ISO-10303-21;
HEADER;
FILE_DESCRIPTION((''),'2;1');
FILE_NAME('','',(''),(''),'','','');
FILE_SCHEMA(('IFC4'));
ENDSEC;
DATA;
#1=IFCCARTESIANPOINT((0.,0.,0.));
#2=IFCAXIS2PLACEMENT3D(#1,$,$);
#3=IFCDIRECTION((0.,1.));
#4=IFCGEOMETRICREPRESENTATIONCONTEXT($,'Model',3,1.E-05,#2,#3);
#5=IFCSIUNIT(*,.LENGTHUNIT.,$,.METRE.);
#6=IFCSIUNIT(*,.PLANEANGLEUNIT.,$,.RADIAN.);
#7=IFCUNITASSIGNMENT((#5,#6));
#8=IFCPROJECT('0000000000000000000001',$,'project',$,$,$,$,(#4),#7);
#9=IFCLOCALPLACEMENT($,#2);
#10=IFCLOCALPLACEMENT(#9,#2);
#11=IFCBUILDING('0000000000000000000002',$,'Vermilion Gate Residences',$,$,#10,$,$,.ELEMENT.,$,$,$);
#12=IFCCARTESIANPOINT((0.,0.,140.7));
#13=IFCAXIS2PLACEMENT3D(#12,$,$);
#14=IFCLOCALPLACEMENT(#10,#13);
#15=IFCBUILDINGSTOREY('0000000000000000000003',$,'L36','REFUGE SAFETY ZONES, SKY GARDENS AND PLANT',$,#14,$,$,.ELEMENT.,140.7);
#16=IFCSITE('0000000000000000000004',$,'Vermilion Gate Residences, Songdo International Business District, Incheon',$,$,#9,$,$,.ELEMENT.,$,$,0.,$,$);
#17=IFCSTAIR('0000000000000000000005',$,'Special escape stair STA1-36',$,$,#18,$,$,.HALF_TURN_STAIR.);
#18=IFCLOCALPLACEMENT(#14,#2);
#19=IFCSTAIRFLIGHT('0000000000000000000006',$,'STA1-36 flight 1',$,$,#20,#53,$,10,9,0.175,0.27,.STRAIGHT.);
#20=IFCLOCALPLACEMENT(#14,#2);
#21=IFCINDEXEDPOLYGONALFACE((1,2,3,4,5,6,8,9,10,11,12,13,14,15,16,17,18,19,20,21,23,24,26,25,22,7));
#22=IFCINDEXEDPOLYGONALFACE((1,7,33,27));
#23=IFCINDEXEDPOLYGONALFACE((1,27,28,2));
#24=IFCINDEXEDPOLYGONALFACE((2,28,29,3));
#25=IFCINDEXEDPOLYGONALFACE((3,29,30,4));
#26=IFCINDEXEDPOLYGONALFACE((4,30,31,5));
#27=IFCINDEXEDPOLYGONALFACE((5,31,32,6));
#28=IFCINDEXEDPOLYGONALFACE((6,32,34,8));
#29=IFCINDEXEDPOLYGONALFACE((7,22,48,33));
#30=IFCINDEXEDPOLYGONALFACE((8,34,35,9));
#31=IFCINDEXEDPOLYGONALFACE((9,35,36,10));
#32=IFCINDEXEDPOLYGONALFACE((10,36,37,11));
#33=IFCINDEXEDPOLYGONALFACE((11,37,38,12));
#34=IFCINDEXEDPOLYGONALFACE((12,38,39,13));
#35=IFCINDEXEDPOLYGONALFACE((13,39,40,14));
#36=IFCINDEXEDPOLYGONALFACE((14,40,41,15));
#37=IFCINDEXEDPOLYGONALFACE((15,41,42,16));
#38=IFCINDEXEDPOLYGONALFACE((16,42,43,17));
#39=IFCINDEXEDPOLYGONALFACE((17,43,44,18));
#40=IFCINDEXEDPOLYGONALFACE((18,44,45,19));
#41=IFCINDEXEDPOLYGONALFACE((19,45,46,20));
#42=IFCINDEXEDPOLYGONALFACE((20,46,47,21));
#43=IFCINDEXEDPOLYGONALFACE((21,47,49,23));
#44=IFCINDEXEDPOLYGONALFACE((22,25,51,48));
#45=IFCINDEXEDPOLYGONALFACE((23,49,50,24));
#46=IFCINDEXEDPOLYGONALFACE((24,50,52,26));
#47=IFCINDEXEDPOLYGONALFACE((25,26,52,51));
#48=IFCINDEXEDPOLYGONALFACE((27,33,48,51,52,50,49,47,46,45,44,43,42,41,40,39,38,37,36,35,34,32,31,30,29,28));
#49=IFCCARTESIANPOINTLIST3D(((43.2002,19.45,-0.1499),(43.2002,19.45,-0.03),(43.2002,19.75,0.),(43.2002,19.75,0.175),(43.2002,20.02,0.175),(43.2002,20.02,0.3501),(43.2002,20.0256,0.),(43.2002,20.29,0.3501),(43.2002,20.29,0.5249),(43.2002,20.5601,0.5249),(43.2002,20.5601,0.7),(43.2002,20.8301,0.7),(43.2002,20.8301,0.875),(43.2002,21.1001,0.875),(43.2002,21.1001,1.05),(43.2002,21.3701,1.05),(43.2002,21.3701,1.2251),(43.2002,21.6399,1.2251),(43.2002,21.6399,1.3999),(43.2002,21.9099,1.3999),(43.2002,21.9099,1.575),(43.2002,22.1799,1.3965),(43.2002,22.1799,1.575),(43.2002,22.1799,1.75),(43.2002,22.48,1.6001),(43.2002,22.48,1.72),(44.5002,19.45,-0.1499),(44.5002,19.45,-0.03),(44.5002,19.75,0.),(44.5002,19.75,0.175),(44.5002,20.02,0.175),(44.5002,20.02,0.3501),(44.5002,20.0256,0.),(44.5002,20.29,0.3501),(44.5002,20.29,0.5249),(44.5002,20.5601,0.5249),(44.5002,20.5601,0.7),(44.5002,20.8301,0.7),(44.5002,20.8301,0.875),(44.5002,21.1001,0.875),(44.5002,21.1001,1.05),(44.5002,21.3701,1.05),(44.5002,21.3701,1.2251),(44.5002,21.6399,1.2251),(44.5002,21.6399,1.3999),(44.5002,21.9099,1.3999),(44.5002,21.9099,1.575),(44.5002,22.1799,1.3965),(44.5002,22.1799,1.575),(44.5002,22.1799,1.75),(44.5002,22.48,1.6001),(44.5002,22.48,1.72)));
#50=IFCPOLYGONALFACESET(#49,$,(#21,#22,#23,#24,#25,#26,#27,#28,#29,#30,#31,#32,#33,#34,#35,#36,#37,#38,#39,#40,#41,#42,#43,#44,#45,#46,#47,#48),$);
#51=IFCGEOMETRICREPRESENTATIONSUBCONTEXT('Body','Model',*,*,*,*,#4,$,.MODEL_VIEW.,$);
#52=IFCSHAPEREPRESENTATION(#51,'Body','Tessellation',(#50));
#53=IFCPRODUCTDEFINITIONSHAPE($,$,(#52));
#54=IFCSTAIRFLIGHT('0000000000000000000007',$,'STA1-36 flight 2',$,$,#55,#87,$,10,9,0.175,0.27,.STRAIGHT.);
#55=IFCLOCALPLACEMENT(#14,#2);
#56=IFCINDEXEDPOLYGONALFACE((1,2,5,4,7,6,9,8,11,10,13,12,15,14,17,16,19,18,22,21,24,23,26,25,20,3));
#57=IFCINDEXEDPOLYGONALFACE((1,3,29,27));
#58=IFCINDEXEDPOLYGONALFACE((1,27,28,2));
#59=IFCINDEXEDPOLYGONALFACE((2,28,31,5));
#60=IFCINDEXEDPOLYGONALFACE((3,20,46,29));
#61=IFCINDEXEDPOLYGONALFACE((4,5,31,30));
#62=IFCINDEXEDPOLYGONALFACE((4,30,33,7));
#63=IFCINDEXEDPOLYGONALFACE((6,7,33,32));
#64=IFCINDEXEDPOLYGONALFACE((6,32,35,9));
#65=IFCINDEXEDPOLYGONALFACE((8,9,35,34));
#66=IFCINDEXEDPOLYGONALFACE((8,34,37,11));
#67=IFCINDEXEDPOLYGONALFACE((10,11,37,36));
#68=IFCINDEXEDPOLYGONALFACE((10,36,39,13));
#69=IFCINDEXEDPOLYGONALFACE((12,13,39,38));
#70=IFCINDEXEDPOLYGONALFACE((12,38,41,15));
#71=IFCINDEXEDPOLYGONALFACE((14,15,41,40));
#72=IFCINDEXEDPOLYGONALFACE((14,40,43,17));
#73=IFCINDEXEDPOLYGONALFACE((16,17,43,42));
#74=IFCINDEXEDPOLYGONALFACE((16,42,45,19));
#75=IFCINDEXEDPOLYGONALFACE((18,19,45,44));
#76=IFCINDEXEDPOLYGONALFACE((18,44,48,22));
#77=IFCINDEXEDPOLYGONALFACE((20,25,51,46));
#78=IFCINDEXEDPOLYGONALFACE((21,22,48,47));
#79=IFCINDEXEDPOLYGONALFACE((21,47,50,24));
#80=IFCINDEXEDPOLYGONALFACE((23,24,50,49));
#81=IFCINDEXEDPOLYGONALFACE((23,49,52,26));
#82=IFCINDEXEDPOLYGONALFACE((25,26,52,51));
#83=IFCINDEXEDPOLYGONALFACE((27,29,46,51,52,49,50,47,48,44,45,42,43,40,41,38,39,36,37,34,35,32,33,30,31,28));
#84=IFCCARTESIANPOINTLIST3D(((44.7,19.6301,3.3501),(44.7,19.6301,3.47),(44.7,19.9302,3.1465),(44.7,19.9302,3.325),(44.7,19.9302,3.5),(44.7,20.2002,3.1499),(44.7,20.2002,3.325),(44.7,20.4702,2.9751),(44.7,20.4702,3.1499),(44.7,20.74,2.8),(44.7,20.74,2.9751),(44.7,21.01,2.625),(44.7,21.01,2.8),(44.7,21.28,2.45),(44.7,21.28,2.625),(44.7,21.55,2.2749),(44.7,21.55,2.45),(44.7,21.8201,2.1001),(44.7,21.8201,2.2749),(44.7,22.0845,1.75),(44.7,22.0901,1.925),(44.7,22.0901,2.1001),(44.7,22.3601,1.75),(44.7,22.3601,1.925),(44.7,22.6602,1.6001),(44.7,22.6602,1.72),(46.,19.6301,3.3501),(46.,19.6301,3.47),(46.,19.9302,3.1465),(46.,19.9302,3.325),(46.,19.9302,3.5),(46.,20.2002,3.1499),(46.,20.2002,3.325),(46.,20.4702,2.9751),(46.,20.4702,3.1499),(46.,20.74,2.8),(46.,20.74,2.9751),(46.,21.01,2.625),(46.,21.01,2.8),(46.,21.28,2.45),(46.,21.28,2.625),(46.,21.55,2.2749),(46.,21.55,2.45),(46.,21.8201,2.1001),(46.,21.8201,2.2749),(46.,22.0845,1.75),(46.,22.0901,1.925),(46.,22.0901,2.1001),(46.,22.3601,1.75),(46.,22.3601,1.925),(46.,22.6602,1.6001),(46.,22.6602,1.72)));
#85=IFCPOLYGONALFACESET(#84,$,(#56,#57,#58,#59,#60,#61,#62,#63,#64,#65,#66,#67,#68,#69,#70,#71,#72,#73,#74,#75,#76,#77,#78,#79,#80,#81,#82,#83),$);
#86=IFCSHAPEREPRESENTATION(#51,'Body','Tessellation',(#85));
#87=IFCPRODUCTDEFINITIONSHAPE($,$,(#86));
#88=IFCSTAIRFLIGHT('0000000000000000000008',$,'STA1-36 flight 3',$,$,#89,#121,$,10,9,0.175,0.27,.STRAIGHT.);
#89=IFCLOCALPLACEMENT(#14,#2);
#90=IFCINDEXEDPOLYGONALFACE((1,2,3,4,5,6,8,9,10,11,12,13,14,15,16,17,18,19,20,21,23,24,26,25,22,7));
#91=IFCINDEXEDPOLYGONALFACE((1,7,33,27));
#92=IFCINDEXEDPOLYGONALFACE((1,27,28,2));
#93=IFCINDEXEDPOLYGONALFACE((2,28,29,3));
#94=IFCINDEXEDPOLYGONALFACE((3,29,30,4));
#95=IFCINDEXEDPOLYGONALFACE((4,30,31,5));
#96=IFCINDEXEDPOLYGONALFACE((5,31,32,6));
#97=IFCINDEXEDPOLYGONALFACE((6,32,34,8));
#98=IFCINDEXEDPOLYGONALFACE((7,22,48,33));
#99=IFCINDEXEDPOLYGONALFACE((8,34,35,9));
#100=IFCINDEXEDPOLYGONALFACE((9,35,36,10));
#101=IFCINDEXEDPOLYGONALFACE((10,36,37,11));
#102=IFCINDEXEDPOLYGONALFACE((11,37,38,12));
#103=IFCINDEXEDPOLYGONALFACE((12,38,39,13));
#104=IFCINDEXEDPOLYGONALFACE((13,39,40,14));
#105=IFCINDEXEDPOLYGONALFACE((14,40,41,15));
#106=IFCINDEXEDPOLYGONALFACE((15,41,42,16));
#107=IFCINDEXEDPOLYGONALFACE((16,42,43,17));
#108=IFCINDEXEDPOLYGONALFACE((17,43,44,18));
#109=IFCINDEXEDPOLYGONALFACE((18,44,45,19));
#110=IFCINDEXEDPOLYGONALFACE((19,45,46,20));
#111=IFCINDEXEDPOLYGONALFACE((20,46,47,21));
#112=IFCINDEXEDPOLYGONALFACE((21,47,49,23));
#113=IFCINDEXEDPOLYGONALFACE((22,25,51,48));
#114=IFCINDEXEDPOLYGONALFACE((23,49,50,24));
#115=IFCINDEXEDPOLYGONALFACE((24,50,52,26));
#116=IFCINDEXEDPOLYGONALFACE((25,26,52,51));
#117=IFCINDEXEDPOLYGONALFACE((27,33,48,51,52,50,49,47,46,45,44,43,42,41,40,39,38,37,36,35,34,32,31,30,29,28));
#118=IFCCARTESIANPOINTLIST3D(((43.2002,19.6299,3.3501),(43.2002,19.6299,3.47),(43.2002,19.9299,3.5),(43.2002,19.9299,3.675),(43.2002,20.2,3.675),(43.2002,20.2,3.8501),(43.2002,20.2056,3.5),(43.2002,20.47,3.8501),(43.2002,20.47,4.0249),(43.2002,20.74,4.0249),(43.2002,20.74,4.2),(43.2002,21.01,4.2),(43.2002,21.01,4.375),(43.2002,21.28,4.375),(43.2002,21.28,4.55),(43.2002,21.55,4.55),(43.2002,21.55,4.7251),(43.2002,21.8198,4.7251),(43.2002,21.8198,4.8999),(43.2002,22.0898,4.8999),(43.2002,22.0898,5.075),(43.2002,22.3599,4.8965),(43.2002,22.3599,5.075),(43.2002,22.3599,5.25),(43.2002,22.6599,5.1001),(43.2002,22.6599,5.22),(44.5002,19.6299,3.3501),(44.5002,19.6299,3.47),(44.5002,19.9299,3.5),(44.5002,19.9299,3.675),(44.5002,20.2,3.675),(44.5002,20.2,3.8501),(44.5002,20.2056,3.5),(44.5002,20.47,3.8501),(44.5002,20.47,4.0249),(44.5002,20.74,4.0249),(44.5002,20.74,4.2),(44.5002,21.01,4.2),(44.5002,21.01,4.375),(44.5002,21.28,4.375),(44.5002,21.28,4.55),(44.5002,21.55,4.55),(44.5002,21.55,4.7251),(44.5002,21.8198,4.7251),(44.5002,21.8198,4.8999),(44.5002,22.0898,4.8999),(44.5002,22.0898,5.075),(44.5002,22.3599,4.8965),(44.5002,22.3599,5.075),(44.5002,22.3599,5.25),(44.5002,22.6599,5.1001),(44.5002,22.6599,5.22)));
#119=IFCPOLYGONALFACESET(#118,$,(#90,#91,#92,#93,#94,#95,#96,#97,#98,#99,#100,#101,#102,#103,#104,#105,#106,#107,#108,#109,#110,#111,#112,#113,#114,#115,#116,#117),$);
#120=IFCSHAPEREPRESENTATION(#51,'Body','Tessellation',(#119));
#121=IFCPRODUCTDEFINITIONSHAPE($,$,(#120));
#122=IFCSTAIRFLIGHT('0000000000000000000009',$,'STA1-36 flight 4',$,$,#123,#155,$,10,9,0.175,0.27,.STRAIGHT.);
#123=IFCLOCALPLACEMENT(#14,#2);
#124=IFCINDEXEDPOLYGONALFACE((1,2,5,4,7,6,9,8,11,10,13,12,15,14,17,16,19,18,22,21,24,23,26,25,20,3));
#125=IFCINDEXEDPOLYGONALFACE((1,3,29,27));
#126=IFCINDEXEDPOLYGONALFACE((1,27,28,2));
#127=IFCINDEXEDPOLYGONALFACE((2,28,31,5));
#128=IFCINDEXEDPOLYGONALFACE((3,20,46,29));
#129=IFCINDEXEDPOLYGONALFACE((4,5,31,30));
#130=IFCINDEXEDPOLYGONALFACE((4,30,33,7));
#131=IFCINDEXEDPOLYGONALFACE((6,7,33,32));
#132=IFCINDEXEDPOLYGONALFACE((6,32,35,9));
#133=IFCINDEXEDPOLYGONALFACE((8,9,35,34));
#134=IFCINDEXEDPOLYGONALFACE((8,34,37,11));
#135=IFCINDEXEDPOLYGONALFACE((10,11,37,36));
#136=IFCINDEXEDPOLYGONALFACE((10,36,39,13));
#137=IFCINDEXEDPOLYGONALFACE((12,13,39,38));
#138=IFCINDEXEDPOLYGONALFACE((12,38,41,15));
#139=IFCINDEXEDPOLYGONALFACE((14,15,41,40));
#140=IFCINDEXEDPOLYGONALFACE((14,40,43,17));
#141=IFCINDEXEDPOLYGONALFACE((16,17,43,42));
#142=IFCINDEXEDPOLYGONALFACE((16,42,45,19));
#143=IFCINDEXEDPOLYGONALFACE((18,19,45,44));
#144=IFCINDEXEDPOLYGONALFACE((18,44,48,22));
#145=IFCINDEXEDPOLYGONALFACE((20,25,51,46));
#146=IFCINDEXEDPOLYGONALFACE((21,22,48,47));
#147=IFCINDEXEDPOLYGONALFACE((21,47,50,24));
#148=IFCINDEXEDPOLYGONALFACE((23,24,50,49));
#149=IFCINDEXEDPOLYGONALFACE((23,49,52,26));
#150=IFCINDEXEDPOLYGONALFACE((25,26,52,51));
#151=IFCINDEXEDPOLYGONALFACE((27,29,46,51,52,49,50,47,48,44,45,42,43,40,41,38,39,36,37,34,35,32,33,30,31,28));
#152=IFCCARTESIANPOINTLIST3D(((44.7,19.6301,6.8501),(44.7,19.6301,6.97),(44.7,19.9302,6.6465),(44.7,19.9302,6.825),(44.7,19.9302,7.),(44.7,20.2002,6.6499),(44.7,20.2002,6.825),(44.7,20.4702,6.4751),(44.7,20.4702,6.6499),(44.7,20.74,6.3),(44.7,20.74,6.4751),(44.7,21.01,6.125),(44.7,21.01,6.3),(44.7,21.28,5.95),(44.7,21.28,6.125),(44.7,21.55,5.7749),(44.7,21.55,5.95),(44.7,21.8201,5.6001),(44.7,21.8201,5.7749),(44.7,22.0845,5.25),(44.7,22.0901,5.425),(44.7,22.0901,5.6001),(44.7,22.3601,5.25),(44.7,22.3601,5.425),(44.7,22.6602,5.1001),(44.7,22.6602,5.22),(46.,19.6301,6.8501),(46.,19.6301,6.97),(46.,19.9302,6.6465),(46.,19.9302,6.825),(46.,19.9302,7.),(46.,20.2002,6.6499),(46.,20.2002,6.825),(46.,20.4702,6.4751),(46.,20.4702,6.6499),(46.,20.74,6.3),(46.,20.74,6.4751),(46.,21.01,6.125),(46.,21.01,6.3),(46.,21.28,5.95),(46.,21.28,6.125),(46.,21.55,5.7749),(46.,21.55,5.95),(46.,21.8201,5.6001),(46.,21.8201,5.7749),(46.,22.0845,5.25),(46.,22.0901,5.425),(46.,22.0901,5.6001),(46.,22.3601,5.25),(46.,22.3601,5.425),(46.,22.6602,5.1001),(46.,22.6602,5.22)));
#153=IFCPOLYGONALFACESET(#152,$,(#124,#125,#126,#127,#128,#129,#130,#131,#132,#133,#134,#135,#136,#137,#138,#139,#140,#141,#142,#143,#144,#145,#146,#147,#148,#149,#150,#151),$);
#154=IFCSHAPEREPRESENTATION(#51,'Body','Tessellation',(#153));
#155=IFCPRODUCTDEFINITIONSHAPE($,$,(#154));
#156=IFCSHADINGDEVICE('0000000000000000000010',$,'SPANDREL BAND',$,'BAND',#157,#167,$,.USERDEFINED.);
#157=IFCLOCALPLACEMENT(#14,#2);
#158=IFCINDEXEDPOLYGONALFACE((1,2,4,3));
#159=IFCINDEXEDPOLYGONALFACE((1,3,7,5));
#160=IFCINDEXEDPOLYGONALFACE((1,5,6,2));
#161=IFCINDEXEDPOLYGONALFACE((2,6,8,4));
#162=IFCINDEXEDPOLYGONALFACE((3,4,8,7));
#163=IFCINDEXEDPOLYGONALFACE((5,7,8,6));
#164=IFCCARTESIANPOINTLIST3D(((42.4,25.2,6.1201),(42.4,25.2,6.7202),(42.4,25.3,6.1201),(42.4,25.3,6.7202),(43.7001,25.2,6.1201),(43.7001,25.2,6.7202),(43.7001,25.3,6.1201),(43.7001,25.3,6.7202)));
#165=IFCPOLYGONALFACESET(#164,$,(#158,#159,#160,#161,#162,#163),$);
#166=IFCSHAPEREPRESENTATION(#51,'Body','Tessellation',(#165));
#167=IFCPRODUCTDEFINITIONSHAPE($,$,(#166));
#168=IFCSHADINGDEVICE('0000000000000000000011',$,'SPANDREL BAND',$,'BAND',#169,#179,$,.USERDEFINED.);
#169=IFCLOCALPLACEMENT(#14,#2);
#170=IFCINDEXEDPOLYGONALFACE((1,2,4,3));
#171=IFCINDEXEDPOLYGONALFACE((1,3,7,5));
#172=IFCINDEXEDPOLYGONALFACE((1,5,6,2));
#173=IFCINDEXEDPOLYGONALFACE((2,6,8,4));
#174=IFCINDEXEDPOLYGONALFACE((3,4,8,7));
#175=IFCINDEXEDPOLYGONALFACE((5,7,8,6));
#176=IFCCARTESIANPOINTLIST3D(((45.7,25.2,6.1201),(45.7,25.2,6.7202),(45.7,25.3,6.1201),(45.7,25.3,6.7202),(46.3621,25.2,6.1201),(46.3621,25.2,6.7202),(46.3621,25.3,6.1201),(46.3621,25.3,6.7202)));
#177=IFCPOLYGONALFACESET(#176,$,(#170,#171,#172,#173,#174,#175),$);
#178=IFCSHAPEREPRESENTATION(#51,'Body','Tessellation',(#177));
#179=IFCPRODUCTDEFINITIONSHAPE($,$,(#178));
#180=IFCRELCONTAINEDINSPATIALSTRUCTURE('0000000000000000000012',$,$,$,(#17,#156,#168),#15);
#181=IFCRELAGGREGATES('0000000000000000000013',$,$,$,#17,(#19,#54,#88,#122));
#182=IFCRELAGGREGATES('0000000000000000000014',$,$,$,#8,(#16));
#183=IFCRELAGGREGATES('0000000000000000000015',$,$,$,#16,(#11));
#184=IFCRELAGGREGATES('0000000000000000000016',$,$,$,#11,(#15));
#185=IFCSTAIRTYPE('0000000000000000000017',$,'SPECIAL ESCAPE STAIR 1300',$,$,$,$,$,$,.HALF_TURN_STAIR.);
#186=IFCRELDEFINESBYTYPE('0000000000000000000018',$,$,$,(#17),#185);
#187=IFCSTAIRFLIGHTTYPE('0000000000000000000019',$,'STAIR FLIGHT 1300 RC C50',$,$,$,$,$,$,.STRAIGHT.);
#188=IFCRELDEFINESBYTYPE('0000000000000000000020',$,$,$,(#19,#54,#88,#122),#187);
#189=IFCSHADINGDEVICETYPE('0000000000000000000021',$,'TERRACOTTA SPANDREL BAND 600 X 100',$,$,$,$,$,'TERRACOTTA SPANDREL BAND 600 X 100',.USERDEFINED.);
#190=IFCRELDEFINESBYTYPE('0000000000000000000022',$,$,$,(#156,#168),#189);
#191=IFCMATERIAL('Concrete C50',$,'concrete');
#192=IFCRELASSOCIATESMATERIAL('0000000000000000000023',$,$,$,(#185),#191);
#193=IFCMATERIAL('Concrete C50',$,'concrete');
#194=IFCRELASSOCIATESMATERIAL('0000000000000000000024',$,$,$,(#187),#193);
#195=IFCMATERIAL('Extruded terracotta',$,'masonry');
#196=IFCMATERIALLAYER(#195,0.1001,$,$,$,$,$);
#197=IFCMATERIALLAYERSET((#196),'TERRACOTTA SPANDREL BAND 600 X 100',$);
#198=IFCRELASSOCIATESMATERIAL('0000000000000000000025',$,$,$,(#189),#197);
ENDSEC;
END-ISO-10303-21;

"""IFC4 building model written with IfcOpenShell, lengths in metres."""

from ifc_helpers import new_model, si_unit, direction, frame, origin, origin_2d, place, context, subcontext, project, spatial, polyline, rectangle, outline, extrude, material, layer, layer_set, type_object, element, aggregate, save


model = new_model("IFC4")

# Units and contexts
model_context = context("Model", 3, precision=1e-05, world=origin(), true_north=direction((0.0, 1.0)))
body_context = subcontext(model_context, "Body", "Model", "MODEL_VIEW")
ifc_project = project(units=[si_unit("LENGTHUNIT", "METRE"), si_unit("PLANEANGLEUNIT", "RADIAN")], contexts=[model_context])

# Site, building, storey
site_placement = place(None, origin())
site = spatial("IfcSite", under=ifc_project, at=site_placement, Name="Vermilion Gate Residences, Songdo International Business District, Incheon", CompositionType="ELEMENT", RefElevation=0.0)
building_placement = place(site_placement, origin())
building = spatial("IfcBuilding", under=site, at=building_placement, Name="Vermilion Gate Residences", CompositionType="ELEMENT")
storey_placement = place(building_placement, frame((0.0, 0.0, 140.7)))
storey = spatial("IfcBuildingStorey", under=building, at=storey_placement, Name="L36", Description="REFUGE SAFETY ZONES, SKY GARDENS AND PLANT", CompositionType="ELEMENT", Elevation=140.7)

# Stair, stair flights
ifc_material_1 = material(Name="Concrete C50", Category="concrete")
stair_type = type_object("IfcStairType", Name="SPECIAL ESCAPE STAIR 1300", PredefinedType="HALF_TURN_STAIR", material=ifc_material_1)
stair_placement = place(storey_placement, origin())
stair = element("IfcStair", 1, at=stair_placement, inside=storey, type_object=stair_type, Name="Special escape stair STA1-36", PredefinedType="HALF_TURN_STAIR")
ifc_material_2 = material(Name="Concrete C50", Category="concrete")
stair_flight_type = type_object("IfcStairFlightType", Name="STAIR FLIGHT 1300 RC C50", PredefinedType="STRAIGHT", material=ifc_material_2)
stair_flight_1_placement = place(storey_placement, frame((43.8501, 19.75, 0.0), z_axis=(0.0, 0.0, 1.0), x_axis=(0.0, 1.0, 0.0)))
stair_flight_1 = element("IfcStairFlight", 2, at=stair_flight_1_placement, type_object=stair_flight_type, Name="STA1-36 flight 1", NumberOfRisers=10, NumberOfTreads=9, PredefinedType="STRAIGHT", RiserHeight=0.175, TreadLength=0.27, context=body_context, shape_type="SweptSolid", body=[
    extrude(outline(polyline([(-0.3, -0.1499), (-0.3, -0.03), (0.0, 0.0), (0.0, 0.175), (0.27, 0.175), (0.27, 0.3501), (0.54, 0.3501), (0.54, 0.5249), (0.8101, 0.5249), (0.8101, 0.7), (1.0801, 0.7), (1.0801, 0.875), (1.3501, 0.875), (1.3501, 1.05), (1.6201, 1.05), (1.6201, 1.2251), (1.8899, 1.2251), (1.8899, 1.3999), (2.1599, 1.3999), (2.1599, 1.575), (2.4299, 1.575), (2.4299, 1.75), (2.73, 1.72), (2.73, 1.6001), (2.4299, 1.3965), (0.2756, 0.0), (-0.3, -0.1499)])), frame((0.0, 0.6499, 0.0), z_axis=(0.0, -1.0, 0.0), x_axis=(1.0, 0.0, 0.0)), (0.0, 0.0, 1.0), 1.3),
])
stair_flight_2_placement = place(storey_placement, frame((45.3501, 22.3601, 1.75), z_axis=(0.0, 0.0, 1.0), x_axis=(0.0, -1.0, 0.0)))
stair_flight_2 = element("IfcStairFlight", 3, at=stair_flight_2_placement, type_object=stair_flight_type, Name="STA1-36 flight 2", NumberOfRisers=10, NumberOfTreads=9, PredefinedType="STRAIGHT", RiserHeight=0.175, TreadLength=0.27, context=body_context, shape_type="SweptSolid", body=[
    extrude(outline(polyline([(-0.3, -0.1499), (-0.3, -0.03), (0.0, 0.0), (0.0, 0.175), (0.27, 0.175), (0.27, 0.3501), (0.54, 0.3501), (0.54, 0.5249), (0.8101, 0.5249), (0.8101, 0.7), (1.0801, 0.7), (1.0801, 0.875), (1.3501, 0.875), (1.3501, 1.05), (1.6201, 1.05), (1.6201, 1.2251), (1.8899, 1.2251), (1.8899, 1.3999), (2.1599, 1.3999), (2.1599, 1.575), (2.4299, 1.575), (2.4299, 1.75), (2.73, 1.72), (2.73, 1.6001), (2.4299, 1.3965), (0.2756, 0.0), (-0.3, -0.1499)])), frame((0.0, 0.6499, 0.0), z_axis=(0.0, -1.0, 0.0), x_axis=(1.0, 0.0, 0.0)), (0.0, 0.0, 1.0), 1.3),
])
stair_flight_3_placement = place(storey_placement, frame((43.8501, 19.9299, 3.5), z_axis=(0.0, 0.0, 1.0), x_axis=(0.0, 1.0, 0.0)))
stair_flight_3 = element("IfcStairFlight", 4, at=stair_flight_3_placement, type_object=stair_flight_type, Name="STA1-36 flight 3", NumberOfRisers=10, NumberOfTreads=9, PredefinedType="STRAIGHT", RiserHeight=0.175, TreadLength=0.27, context=body_context, shape_type="SweptSolid", body=[
    extrude(outline(polyline([(-0.3, -0.1499), (-0.3, -0.03), (0.0, 0.0), (0.0, 0.175), (0.27, 0.175), (0.27, 0.3501), (0.54, 0.3501), (0.54, 0.5249), (0.8101, 0.5249), (0.8101, 0.7), (1.0801, 0.7), (1.0801, 0.875), (1.3501, 0.875), (1.3501, 1.05), (1.6201, 1.05), (1.6201, 1.2251), (1.8899, 1.2251), (1.8899, 1.3999), (2.1599, 1.3999), (2.1599, 1.575), (2.4299, 1.575), (2.4299, 1.75), (2.73, 1.72), (2.73, 1.6001), (2.4299, 1.3965), (0.2756, 0.0), (-0.3, -0.1499)])), frame((0.0, 0.6499, 0.0), z_axis=(0.0, -1.0, 0.0), x_axis=(1.0, 0.0, 0.0)), (0.0, 0.0, 1.0), 1.3),
])
stair_flight_4_placement = place(storey_placement, frame((45.3501, 22.3601, 5.25), z_axis=(0.0, 0.0, 1.0), x_axis=(0.0, -1.0, 0.0)))
stair_flight_4 = element("IfcStairFlight", 5, at=stair_flight_4_placement, type_object=stair_flight_type, Name="STA1-36 flight 4", NumberOfRisers=10, NumberOfTreads=9, PredefinedType="STRAIGHT", RiserHeight=0.175, TreadLength=0.27, context=body_context, shape_type="SweptSolid", body=[
    extrude(outline(polyline([(-0.3, -0.1499), (-0.3, -0.03), (0.0, 0.0), (0.0, 0.175), (0.27, 0.175), (0.27, 0.3501), (0.54, 0.3501), (0.54, 0.5249), (0.8101, 0.5249), (0.8101, 0.7), (1.0801, 0.7), (1.0801, 0.875), (1.3501, 0.875), (1.3501, 1.05), (1.6201, 1.05), (1.6201, 1.2251), (1.8899, 1.2251), (1.8899, 1.3999), (2.1599, 1.3999), (2.1599, 1.575), (2.4299, 1.575), (2.4299, 1.75), (2.73, 1.72), (2.73, 1.6001), (2.4299, 1.3965), (0.2756, 0.0), (-0.3, -0.1499)])), frame((0.0, 0.6499, 0.0), z_axis=(0.0, -1.0, 0.0), x_axis=(1.0, 0.0, 0.0)), (0.0, 0.0, 1.0), 1.3),
])
aggregate(stair, [stair_flight_1, stair_flight_2, stair_flight_3, stair_flight_4])

# Shading devices
ifc_material_3 = material(Name="Extruded terracotta", Category="masonry")
ifc_layer_1 = layer(ifc_material_3, 0.1001)
ifc_layer_set_1 = layer_set([ifc_layer_1], Name="TERRACOTTA SPANDREL BAND 600 X 100")
shading_device_type = type_object("IfcShadingDeviceType", Name="TERRACOTTA SPANDREL BAND 600 X 100", ElementType="TERRACOTTA SPANDREL BAND 600 X 100", PredefinedType="USERDEFINED", material=ifc_layer_set_1)
shading_device_1_placement = place(storey_placement, frame((43.05, 25.25, 6.1201), z_axis=(0.0, 0.0, 1.0), x_axis=(1.0, 0.0, 0.0)))
element("IfcShadingDevice", 6, at=shading_device_1_placement, inside=storey, type_object=shading_device_type, Name="SPANDREL BAND", ObjectType="BAND", PredefinedType="USERDEFINED", context=body_context, shape_type="SweptSolid", body=[
    extrude(rectangle(XDim=1.3, YDim=0.1001, at=origin_2d()), origin(), (0.0, 0.0, 1.0), 0.6001),
])
shading_device_2_placement = place(storey_placement, frame((46.031, 25.25, 6.1201), z_axis=(0.0, 0.0, 1.0), x_axis=(1.0, 0.0, 0.0)))
element("IfcShadingDevice", 7, at=shading_device_2_placement, inside=storey, type_object=shading_device_type, Name="SPANDREL BAND", ObjectType="BAND", PredefinedType="USERDEFINED", context=body_context, shape_type="SweptSolid", body=[
    extrude(rectangle(XDim=0.6621, YDim=0.1001, at=origin_2d()), origin(), (0.0, 0.0, 1.0), 0.6001),
])

save(model, "model.ifc")
